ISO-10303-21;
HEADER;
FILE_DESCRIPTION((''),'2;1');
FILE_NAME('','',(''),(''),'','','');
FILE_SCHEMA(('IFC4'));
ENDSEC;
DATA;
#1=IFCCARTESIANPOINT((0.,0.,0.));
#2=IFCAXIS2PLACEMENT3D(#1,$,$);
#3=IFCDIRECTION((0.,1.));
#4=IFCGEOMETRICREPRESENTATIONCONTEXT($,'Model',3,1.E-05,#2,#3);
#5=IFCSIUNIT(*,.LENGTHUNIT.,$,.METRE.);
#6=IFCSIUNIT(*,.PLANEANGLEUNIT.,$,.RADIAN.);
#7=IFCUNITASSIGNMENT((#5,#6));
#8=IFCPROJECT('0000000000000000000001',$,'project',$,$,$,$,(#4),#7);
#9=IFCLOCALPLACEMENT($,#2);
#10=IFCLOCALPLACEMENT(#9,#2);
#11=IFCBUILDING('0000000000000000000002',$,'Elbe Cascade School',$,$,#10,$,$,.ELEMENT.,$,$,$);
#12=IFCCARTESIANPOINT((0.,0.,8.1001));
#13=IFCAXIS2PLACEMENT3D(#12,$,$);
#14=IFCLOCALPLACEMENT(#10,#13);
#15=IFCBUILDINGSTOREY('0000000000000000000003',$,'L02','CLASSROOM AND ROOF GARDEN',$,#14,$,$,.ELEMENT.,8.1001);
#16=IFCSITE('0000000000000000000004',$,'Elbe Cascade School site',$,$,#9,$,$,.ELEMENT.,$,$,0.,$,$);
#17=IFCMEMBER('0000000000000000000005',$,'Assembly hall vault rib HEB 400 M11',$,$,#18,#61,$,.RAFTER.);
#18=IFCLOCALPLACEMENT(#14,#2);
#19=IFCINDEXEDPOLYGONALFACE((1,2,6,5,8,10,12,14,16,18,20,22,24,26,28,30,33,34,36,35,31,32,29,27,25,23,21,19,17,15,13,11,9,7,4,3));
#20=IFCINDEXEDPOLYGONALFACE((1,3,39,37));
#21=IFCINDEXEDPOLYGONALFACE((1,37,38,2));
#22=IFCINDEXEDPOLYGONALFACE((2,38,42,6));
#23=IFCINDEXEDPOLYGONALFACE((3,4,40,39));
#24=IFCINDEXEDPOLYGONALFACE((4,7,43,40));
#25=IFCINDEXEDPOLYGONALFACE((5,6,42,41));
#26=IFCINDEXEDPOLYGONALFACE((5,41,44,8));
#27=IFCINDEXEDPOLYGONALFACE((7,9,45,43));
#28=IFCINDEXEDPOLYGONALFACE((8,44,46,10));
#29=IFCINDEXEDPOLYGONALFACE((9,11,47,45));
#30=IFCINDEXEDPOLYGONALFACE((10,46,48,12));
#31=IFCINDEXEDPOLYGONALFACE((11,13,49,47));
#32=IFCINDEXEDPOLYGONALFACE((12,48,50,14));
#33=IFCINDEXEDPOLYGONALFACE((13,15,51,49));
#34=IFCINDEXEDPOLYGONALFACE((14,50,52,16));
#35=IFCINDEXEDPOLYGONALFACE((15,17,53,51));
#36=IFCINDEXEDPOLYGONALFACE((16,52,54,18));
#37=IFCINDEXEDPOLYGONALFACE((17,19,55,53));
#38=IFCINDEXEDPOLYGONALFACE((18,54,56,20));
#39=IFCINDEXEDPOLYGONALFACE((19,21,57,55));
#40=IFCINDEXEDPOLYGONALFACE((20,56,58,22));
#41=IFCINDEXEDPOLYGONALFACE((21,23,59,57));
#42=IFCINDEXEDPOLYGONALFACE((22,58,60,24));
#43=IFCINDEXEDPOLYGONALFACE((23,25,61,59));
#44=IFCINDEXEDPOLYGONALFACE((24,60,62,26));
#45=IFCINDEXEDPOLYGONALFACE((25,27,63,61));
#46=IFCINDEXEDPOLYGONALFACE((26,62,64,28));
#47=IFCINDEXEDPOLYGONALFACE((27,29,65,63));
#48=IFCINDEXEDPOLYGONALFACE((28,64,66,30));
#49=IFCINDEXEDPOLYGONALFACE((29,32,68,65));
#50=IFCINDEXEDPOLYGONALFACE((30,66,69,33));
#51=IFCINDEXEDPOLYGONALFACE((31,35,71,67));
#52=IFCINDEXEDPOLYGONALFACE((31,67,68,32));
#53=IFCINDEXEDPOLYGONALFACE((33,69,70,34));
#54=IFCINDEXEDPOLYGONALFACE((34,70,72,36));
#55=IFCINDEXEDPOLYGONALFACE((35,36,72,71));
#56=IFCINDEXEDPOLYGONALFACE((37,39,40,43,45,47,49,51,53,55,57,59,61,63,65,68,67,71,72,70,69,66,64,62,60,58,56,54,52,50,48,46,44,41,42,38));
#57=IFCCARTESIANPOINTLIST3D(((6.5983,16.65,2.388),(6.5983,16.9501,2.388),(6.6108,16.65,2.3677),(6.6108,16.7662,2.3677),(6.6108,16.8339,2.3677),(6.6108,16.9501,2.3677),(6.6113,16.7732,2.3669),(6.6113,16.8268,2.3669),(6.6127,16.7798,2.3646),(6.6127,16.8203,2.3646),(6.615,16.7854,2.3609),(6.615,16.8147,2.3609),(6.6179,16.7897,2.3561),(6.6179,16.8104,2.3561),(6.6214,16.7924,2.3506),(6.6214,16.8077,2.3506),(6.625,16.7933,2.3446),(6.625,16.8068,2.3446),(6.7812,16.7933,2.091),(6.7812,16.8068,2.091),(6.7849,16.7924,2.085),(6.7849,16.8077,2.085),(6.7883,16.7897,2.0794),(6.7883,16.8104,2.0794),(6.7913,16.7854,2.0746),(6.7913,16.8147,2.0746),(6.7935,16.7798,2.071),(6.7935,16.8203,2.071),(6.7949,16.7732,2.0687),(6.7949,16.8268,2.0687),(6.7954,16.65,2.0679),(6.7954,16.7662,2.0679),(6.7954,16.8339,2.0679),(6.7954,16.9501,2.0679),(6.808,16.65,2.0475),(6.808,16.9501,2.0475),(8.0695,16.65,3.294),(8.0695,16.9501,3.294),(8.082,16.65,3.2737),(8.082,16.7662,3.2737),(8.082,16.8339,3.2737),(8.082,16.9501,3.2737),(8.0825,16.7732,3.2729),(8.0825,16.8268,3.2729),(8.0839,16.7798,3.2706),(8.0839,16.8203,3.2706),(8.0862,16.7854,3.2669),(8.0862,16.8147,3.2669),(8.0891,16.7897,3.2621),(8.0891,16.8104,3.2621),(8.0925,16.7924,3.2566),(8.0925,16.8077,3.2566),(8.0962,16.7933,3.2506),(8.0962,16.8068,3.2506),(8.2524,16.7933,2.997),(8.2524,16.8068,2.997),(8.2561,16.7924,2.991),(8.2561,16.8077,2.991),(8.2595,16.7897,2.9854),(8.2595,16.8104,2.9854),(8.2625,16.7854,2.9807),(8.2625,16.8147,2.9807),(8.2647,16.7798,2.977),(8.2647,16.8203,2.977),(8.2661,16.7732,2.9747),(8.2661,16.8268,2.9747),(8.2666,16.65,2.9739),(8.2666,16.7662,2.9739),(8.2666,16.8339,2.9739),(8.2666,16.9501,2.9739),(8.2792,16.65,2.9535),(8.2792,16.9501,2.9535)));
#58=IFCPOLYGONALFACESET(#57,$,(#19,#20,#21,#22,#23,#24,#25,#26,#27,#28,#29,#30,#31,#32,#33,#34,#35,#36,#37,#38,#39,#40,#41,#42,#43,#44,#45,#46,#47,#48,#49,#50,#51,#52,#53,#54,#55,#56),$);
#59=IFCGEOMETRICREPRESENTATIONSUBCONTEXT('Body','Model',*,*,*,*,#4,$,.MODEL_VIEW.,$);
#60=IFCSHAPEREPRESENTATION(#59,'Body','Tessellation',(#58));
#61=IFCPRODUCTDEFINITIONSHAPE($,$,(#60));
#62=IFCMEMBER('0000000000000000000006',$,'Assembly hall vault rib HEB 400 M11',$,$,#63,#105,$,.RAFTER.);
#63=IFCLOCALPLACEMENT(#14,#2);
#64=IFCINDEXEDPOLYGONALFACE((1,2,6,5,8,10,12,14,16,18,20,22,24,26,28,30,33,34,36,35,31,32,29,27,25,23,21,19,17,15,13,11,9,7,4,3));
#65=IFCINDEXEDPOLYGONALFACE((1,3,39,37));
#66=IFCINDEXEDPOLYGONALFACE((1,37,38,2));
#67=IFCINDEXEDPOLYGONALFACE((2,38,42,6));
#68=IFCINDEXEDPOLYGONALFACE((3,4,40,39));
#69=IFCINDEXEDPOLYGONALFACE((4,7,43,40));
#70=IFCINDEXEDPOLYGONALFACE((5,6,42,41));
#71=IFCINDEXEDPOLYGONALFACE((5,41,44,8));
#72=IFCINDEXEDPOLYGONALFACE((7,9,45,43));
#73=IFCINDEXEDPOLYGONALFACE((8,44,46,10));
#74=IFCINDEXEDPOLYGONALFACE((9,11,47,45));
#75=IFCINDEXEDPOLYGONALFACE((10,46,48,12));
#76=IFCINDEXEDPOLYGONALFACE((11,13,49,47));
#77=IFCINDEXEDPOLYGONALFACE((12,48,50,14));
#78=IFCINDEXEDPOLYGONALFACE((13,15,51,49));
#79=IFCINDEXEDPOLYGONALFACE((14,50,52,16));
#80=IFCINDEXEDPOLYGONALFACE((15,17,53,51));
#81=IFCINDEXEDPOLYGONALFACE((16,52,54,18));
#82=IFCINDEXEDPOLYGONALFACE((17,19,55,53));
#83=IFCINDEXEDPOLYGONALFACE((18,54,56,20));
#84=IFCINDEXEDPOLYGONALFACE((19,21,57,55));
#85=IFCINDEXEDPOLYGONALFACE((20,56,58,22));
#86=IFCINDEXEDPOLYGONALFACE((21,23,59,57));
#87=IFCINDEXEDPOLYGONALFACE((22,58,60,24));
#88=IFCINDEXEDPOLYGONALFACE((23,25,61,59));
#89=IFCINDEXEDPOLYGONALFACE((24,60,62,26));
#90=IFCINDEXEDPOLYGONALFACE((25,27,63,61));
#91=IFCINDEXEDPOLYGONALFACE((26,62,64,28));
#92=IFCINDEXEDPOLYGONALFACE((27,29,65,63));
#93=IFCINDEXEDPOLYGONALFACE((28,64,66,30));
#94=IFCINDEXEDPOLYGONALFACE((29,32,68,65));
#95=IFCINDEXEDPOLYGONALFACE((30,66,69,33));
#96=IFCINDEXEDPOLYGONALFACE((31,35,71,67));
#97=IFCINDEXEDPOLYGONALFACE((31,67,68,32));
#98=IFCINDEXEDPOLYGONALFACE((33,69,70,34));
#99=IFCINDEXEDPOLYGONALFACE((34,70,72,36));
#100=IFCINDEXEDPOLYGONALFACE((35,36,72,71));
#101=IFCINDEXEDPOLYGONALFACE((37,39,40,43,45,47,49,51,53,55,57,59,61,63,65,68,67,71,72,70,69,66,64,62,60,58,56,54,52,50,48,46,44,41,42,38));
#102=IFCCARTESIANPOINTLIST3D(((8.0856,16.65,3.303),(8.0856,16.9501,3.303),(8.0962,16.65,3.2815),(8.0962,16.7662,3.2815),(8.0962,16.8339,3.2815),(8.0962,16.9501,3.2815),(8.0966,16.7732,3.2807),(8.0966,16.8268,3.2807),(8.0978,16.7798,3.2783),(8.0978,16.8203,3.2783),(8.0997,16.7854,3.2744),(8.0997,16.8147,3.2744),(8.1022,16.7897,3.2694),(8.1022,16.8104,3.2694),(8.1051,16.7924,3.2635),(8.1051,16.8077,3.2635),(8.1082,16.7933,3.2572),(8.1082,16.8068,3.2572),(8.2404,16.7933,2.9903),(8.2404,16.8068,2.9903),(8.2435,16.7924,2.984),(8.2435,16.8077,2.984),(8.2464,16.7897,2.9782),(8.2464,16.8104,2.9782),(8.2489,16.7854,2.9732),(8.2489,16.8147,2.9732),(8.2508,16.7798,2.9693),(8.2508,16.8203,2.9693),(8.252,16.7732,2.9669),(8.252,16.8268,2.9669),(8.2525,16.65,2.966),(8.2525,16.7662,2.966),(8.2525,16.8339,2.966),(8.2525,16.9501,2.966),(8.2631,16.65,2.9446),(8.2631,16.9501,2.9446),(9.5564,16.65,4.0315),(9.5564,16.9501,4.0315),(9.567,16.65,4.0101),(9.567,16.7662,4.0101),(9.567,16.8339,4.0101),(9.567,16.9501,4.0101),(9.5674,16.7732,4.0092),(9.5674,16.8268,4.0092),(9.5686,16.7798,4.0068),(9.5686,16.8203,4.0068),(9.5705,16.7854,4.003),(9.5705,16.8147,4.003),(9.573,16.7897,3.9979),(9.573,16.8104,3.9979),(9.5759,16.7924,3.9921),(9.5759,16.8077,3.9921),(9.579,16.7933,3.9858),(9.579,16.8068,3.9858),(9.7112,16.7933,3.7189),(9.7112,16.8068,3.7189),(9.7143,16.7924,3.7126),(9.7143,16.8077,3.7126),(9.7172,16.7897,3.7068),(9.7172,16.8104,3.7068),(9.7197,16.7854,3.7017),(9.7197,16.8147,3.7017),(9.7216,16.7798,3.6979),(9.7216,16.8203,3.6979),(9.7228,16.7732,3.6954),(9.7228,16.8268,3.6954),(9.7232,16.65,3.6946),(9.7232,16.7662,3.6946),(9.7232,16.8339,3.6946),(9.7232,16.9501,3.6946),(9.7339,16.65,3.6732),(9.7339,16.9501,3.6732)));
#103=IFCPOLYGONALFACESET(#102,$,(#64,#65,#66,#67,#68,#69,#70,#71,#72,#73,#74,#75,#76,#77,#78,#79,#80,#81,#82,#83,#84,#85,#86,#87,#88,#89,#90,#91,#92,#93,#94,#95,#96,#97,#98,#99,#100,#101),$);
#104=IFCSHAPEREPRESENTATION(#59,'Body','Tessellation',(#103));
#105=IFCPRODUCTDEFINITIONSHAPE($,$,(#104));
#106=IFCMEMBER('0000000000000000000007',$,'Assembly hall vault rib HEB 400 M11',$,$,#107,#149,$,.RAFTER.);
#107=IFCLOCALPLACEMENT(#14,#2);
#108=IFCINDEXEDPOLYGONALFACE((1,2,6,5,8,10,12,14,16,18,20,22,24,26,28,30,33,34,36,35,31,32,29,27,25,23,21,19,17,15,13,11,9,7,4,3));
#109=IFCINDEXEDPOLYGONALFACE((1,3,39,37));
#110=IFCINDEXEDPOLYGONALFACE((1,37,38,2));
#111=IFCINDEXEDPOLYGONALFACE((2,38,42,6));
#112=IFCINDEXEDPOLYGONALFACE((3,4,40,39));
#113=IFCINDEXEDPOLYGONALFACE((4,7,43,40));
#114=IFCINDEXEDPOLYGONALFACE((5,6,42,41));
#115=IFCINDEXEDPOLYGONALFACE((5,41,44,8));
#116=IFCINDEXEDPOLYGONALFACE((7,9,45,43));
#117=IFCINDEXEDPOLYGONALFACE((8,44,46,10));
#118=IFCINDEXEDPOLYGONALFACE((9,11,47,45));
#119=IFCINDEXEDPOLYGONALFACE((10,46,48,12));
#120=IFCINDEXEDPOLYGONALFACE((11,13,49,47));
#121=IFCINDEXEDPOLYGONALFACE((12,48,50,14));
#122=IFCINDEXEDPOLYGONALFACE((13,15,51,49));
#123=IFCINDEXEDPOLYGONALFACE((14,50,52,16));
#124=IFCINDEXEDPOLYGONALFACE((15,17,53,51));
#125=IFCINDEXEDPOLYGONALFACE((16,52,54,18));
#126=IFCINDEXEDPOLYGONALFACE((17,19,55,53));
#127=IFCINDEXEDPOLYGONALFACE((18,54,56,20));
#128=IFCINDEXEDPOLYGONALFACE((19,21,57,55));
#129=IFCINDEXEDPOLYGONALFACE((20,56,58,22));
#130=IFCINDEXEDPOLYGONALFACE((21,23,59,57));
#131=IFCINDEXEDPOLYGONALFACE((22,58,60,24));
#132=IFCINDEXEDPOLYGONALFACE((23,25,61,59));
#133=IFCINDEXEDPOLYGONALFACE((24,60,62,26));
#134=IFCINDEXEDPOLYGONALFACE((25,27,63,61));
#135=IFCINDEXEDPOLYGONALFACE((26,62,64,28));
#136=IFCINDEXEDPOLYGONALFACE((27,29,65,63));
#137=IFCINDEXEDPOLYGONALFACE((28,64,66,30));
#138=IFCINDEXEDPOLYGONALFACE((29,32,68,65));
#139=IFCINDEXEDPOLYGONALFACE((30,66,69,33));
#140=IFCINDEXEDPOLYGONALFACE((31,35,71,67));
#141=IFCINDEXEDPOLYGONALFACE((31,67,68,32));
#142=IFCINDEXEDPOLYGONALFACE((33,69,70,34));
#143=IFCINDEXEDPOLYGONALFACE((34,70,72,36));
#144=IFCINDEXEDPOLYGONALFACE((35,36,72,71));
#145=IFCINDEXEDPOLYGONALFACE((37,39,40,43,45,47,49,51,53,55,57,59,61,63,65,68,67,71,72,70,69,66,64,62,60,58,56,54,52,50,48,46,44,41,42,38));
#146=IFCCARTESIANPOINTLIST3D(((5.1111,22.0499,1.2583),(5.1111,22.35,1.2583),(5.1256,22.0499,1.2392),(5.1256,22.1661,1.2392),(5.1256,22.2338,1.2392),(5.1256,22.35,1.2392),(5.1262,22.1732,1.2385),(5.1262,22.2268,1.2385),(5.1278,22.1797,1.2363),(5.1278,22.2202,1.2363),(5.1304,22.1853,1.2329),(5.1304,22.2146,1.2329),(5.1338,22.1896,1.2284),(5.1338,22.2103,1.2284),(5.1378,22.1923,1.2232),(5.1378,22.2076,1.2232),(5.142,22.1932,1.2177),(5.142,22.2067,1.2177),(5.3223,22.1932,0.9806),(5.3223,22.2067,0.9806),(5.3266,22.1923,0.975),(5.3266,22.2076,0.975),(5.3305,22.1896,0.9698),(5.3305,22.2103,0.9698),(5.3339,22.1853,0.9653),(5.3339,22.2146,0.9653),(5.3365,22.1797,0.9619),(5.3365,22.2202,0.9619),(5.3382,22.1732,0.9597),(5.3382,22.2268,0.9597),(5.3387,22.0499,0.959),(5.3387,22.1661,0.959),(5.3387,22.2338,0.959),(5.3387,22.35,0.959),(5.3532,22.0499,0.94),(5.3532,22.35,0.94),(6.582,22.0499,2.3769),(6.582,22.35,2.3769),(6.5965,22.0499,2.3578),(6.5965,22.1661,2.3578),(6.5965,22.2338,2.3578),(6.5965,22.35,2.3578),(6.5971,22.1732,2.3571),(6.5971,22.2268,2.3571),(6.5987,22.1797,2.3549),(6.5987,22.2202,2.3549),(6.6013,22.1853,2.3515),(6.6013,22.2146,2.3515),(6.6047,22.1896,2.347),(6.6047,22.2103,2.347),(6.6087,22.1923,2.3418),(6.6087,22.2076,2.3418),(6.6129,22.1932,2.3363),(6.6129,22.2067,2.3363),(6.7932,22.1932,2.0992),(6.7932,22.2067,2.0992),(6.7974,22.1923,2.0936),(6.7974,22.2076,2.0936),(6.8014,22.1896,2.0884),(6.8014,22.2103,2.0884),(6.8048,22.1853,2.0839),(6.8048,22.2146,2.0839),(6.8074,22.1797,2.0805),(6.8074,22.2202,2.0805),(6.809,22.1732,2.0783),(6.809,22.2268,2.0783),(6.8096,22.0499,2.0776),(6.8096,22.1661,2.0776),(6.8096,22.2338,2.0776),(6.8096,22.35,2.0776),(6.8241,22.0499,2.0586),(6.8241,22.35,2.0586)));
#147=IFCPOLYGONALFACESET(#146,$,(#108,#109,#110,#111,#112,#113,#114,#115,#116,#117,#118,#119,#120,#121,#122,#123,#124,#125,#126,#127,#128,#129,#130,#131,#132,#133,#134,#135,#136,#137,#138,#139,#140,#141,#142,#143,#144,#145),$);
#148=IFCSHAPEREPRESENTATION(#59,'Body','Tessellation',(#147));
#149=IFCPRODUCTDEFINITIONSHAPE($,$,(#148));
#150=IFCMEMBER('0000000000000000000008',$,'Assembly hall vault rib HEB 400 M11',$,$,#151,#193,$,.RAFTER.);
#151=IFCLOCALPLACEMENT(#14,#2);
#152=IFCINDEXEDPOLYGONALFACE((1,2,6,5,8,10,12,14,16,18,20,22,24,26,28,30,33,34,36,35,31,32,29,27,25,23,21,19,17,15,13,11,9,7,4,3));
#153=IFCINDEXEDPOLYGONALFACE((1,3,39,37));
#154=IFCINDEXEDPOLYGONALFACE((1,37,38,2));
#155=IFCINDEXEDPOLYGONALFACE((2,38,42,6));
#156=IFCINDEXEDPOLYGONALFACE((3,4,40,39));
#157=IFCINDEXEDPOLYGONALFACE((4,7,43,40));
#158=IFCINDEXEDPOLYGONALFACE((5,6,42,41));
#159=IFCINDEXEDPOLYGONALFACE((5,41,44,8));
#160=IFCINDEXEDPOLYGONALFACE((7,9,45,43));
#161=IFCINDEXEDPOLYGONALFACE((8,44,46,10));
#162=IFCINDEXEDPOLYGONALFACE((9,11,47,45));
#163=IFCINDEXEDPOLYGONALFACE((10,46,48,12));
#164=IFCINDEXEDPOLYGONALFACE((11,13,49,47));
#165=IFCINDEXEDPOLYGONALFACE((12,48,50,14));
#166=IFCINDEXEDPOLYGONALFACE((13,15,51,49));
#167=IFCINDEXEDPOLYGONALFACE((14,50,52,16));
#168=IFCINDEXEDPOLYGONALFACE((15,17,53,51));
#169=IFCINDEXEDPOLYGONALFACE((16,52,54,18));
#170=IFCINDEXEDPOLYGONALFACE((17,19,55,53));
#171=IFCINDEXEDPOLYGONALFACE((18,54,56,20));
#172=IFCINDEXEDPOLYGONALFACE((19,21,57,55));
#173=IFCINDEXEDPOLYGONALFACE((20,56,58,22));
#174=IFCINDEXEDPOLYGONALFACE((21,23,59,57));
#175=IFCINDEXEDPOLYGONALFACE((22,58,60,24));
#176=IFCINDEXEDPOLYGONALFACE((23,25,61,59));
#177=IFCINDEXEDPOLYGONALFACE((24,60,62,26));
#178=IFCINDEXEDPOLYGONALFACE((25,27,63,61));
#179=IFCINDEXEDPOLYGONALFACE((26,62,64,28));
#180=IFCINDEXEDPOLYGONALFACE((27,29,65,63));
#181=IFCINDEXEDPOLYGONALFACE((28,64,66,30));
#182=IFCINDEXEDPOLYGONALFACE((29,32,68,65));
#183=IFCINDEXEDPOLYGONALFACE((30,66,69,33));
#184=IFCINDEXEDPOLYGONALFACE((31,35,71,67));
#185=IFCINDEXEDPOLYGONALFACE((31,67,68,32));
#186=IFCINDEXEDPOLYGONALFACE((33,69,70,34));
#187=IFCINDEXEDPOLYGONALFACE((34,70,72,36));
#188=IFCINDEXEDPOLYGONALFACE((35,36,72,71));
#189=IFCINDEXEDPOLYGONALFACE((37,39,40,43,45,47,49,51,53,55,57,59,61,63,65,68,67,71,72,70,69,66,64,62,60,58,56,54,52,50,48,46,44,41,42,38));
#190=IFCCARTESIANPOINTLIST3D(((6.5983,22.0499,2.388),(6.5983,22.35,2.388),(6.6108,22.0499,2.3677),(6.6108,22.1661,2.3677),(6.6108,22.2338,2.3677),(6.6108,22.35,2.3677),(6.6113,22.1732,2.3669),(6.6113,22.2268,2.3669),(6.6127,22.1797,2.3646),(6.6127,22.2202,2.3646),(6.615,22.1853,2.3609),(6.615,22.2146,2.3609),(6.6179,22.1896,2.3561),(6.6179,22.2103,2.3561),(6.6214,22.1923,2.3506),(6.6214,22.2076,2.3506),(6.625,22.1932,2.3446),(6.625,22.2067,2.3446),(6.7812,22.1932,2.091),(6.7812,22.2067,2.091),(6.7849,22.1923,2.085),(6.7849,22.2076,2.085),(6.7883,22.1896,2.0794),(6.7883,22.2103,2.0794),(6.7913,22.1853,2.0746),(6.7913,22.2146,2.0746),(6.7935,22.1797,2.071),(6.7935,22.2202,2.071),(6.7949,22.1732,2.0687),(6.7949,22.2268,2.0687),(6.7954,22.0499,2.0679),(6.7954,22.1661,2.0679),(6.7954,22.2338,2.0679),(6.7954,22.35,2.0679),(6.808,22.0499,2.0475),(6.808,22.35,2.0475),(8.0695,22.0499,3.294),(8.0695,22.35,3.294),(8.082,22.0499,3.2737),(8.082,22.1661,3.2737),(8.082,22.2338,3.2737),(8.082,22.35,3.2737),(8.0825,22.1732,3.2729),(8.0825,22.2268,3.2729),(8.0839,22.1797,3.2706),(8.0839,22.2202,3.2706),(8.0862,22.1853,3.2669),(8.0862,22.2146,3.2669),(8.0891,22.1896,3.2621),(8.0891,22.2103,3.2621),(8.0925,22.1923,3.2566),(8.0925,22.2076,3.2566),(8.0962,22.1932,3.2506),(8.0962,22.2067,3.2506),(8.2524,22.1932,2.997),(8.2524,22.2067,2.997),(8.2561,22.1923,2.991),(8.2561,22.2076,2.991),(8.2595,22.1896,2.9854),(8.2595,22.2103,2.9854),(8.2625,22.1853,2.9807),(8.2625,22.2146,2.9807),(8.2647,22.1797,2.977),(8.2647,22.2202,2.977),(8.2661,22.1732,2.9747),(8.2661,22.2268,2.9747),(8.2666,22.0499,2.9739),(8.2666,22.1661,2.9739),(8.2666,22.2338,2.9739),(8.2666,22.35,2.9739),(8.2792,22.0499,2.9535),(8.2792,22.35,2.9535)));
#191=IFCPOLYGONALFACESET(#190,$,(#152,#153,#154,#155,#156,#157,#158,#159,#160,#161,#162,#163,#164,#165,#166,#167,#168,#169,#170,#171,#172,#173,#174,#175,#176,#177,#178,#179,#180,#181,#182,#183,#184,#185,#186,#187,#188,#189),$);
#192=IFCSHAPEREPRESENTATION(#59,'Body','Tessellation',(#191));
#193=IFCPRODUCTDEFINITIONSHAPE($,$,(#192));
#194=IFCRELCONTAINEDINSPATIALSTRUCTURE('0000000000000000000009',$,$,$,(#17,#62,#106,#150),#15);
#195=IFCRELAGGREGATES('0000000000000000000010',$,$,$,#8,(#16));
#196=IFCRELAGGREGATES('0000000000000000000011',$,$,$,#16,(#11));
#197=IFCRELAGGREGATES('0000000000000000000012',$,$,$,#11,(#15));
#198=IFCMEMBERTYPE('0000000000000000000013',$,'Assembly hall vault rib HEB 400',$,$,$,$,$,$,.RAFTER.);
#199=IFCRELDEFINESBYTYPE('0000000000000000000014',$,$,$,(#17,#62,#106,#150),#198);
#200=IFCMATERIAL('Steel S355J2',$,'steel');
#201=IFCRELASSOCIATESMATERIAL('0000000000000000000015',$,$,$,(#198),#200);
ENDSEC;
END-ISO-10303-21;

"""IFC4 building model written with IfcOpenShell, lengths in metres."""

from ifc_helpers import new_model, si_unit, direction, frame, origin, origin_2d, place, context, subcontext, project, spatial, i_section, extrude, material, material_profile, profile_set, type_object, element, save


model = new_model("IFC4")

# Units and contexts
model_context = context("Model", 3, precision=1e-05, world=origin(), true_north=direction((0.0, 1.0)))
body_context = subcontext(model_context, "Body", "Model", "MODEL_VIEW")
ifc_project = project(units=[si_unit("LENGTHUNIT", "METRE"), si_unit("PLANEANGLEUNIT", "RADIAN")], contexts=[model_context])

# Site, building, storey
site_placement = place(None, origin())
site = spatial("IfcSite", under=ifc_project, at=site_placement, Name="Elbe Cascade School site", CompositionType="ELEMENT", RefElevation=0.0)
building_placement = place(site_placement, origin())
building = spatial("IfcBuilding", under=site, at=building_placement, Name="Elbe Cascade School", CompositionType="ELEMENT")
storey_placement = place(building_placement, frame((0.0, 0.0, 8.1001)))
storey = spatial("IfcBuildingStorey", under=building, at=storey_placement, Name="L02", Description="CLASSROOM AND ROOF GARDEN", CompositionType="ELEMENT", Elevation=8.1001)

# Members
ifc_material_1 = material(Name="Steel S355J2", Category="steel")
ifc_material_profile_1 = material_profile(ifc_material_1, i_section(OverallWidth=0.3, OverallDepth=0.3999, WebThickness=0.0134, FlangeThickness=0.0239, FilletRadius=0.0271, at=origin_2d()), Name="HEB 400")
ifc_profile_set_1 = profile_set([ifc_material_profile_1], Name="Steel S355J2")
member_type_1 = type_object("IfcMemberType", Name="Assembly hall vault rib HEB 400", PredefinedType="RAFTER", material=ifc_profile_set_1)
member_1_placement = place(storey_placement, frame((6.7031, 16.8, 2.2178), z_axis=(0.851488, 0.0, 0.524373), x_axis=(0.0, 1.0, 0.0)))
element("IfcMember", 1, at=member_1_placement, inside=storey, type_object=member_type_1, Name="Assembly hall vault rib HEB 400 M11", PredefinedType="RAFTER", context=body_context, shape_type="SweptSolid", body=[
    extrude(i_section(OverallWidth=0.3, OverallDepth=0.3999, WebThickness=0.0134, FlangeThickness=0.0239, FilletRadius=0.0271, at=origin_2d()), origin(), (0.0, 0.0, 1.0), 1.7278),
])
member_2_placement = place(storey_placement, frame((8.1743, 16.8, 3.1238), z_axis=(0.896087, 0.0, 0.443878), x_axis=(0.0, 1.0, 0.0)))
element("IfcMember", 2, at=member_2_placement, inside=storey, type_object=member_type_1, Name="Assembly hall vault rib HEB 400 M11", PredefinedType="RAFTER", context=body_context, shape_type="SweptSolid", body=[
    extrude(i_section(OverallWidth=0.3, OverallDepth=0.3999, WebThickness=0.0134, FlangeThickness=0.0239, FilletRadius=0.0271, at=origin_2d()), origin(), (0.0, 0.0, 1.0), 1.6414),
])
member_3_placement = place(storey_placement, frame((5.2322, 22.2, 1.0991), z_axis=(0.795971, 0.0, 0.605334), x_axis=(0.0, 1.0, 0.0)))
element("IfcMember", 3, at=member_3_placement, inside=storey, type_object=member_type_1, Name="Assembly hall vault rib HEB 400 M11", PredefinedType="RAFTER", context=body_context, shape_type="SweptSolid", body=[
    extrude(i_section(OverallWidth=0.3, OverallDepth=0.3999, WebThickness=0.0134, FlangeThickness=0.0239, FilletRadius=0.0271, at=origin_2d()), origin(), (0.0, 0.0, 1.0), 1.8479),
])
member_4_placement = place(storey_placement, frame((6.7031, 22.2, 2.2178), z_axis=(0.851488, 0.0, 0.524373), x_axis=(0.0, 1.0, 0.0)))
element("IfcMember", 4, at=member_4_placement, inside=storey, type_object=member_type_1, Name="Assembly hall vault rib HEB 400 M11", PredefinedType="RAFTER", context=body_context, shape_type="SweptSolid", body=[
    extrude(i_section(OverallWidth=0.3, OverallDepth=0.3999, WebThickness=0.0134, FlangeThickness=0.0239, FilletRadius=0.0271, at=origin_2d()), origin(), (0.0, 0.0, 1.0), 1.7278),
])

save(model, "model.ifc")
